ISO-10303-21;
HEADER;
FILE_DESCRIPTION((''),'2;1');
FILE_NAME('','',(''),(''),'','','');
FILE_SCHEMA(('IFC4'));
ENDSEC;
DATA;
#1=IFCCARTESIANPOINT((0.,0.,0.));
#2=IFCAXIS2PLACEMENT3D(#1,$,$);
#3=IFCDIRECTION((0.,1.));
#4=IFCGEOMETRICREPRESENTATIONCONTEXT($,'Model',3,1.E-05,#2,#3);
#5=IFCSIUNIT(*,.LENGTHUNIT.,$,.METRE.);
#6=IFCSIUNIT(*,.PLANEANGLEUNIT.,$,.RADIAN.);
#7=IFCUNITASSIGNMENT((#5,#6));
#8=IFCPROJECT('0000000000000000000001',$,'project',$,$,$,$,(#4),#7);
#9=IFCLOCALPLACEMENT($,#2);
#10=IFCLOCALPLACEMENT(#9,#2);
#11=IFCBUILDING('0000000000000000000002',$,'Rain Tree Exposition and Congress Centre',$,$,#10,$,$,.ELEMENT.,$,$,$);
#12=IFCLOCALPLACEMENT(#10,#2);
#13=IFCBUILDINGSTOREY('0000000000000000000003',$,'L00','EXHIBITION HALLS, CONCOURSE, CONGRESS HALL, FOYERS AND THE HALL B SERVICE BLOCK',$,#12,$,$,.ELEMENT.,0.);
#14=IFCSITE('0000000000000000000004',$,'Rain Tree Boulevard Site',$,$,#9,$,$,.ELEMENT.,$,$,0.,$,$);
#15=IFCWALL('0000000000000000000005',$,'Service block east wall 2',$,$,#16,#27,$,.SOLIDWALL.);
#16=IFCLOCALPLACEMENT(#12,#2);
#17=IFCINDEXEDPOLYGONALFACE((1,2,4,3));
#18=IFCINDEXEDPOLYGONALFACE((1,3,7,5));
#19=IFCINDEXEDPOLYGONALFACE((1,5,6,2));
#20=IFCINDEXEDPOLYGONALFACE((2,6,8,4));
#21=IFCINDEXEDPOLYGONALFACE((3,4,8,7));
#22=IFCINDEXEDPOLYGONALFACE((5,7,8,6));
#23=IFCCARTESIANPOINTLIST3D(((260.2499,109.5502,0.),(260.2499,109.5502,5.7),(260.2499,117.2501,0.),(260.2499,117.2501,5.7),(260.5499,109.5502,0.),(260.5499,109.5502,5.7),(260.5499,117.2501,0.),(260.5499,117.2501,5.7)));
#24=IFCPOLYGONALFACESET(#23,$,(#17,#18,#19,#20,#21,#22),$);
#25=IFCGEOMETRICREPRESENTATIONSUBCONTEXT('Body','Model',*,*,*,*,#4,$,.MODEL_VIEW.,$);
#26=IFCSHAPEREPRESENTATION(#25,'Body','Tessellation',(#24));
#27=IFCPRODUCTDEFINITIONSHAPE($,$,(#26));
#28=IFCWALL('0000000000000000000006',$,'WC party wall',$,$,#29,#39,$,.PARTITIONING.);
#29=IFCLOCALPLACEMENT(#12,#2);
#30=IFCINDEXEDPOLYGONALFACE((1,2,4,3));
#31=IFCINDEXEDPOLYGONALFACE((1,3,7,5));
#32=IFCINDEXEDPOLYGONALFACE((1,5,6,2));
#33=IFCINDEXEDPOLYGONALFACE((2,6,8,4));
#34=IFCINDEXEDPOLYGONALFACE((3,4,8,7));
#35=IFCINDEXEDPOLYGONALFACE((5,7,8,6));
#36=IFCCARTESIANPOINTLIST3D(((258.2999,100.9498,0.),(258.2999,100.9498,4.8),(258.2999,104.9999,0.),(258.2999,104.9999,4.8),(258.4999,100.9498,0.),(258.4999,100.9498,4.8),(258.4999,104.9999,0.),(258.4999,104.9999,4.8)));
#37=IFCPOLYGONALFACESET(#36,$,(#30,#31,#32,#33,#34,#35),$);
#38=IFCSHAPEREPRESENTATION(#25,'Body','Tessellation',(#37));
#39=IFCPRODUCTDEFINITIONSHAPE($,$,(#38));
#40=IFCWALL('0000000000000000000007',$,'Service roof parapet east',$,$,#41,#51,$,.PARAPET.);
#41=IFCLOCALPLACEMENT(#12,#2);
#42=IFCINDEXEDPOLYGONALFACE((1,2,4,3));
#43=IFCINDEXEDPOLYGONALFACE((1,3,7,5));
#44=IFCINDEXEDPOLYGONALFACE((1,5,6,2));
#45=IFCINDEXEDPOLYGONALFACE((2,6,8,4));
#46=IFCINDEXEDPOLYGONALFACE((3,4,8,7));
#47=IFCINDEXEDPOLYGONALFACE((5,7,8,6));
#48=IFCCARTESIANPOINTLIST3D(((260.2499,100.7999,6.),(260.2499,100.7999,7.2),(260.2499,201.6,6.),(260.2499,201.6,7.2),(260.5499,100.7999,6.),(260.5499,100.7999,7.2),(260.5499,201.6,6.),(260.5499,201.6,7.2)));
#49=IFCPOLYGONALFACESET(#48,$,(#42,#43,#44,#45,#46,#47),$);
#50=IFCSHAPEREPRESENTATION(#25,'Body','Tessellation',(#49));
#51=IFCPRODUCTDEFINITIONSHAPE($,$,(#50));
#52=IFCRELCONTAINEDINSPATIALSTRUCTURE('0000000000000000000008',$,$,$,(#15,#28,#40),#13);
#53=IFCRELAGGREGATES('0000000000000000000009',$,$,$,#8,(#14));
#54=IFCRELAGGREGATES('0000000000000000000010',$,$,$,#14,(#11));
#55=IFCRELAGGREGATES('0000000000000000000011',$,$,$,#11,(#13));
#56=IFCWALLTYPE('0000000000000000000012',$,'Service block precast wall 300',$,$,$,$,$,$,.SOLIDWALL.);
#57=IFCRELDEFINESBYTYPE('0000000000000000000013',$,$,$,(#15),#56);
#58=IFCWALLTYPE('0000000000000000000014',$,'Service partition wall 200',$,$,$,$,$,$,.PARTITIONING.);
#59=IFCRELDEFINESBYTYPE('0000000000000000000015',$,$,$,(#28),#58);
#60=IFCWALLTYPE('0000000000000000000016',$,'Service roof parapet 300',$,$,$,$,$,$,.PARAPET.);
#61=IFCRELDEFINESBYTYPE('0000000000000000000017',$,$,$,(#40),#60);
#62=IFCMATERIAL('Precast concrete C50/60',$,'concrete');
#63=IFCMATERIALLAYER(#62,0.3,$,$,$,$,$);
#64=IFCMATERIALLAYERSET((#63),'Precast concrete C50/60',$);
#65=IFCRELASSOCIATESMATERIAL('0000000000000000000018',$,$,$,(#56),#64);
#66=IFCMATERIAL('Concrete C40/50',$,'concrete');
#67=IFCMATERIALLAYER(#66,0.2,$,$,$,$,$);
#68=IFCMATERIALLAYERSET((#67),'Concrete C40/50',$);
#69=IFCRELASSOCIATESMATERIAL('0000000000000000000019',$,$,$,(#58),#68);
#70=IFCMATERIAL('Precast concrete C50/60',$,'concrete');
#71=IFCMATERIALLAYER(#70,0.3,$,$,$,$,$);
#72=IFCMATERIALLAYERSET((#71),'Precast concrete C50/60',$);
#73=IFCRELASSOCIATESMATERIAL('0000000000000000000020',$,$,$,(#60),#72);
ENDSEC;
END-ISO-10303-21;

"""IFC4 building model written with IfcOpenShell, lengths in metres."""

from ifc_helpers import new_model, si_unit, direction, frame, frame_2d, origin, place, context, subcontext, project, spatial, rectangle, extrude, material, layer, layer_set, type_object, element, save


model = new_model("IFC4")

# Units and contexts
model_context = context("Model", 3, precision=1e-05, world=origin(), true_north=direction((0.0, 1.0)))
body_context = subcontext(model_context, "Body", "Model", "MODEL_VIEW")
ifc_project = project(units=[si_unit("LENGTHUNIT", "METRE"), si_unit("PLANEANGLEUNIT", "RADIAN")], contexts=[model_context])

# Site, building, storey
site_placement = place(None, origin())
site = spatial("IfcSite", under=ifc_project, at=site_placement, Name="Rain Tree Boulevard Site", CompositionType="ELEMENT", RefElevation=0.0)
building_placement = place(site_placement, origin())
building = spatial("IfcBuilding", under=site, at=building_placement, Name="Rain Tree Exposition and Congress Centre", CompositionType="ELEMENT")
storey_placement = place(building_placement, origin())
storey = spatial("IfcBuildingStorey", under=building, at=storey_placement, Name="L00", Description="EXHIBITION HALLS, CONCOURSE, CONGRESS HALL, FOYERS AND THE HALL B SERVICE BLOCK", CompositionType="ELEMENT", Elevation=0.0)

# Wall
ifc_material_1 = material(Name="Precast concrete C50/60", Category="concrete")
ifc_layer_1 = layer(ifc_material_1, 0.3)
ifc_layer_set_1 = layer_set([ifc_layer_1], Name="Precast concrete C50/60")
wall_type_1 = type_object("IfcWallType", Name="Service block precast wall 300", PredefinedType="SOLIDWALL", material=ifc_layer_set_1)
wall_1_placement = place(storey_placement, frame((260.3999, 109.55, 0.0), z_axis=(0.0, 0.0, 1.0), x_axis=(0.0, 1.0, 0.0)))
element("IfcWall", 1, at=wall_1_placement, inside=storey, type_object=wall_type_1, Name="Service block east wall 2", PredefinedType="SOLIDWALL", context=body_context, shape_type="SweptSolid", body=[
    extrude(rectangle(XDim=7.7, YDim=0.3, at=frame_2d((3.8501, 0.0))), origin(), (0.0, 0.0, 1.0), 5.7),
])

# Shared definitions
ifc_material_2 = material(Name="Concrete C40/50", Category="concrete")
ifc_layer_2 = layer(ifc_material_2, 0.2)
ifc_layer_set_2 = layer_set([ifc_layer_2], Name="Concrete C40/50")
wall_type_2 = type_object("IfcWallType", Name="Service partition wall 200", PredefinedType="PARTITIONING", material=ifc_layer_set_2)

# Walls
wall_2_placement = place(storey_placement, frame((258.3999, 100.95, 0.0), z_axis=(0.0, 0.0, 1.0), x_axis=(0.0, 1.0, 0.0)))
element("IfcWall", 2, at=wall_2_placement, inside=storey, type_object=wall_type_2, Name="WC party wall", PredefinedType="PARTITIONING", context=body_context, shape_type="SweptSolid", body=[
    extrude(rectangle(XDim=4.05, YDim=0.2, at=frame_2d((2.0249, 0.0))), origin(), (0.0, 0.0, 1.0), 4.8),
])
ifc_material_3 = material(Name="Precast concrete C50/60", Category="concrete")
ifc_layer_3 = layer(ifc_material_3, 0.3)
ifc_layer_set_3 = layer_set([ifc_layer_3], Name="Precast concrete C50/60")
wall_type_3 = type_object("IfcWallType", Name="Service roof parapet 300", PredefinedType="PARAPET", material=ifc_layer_set_3)
wall_3_placement = place(storey_placement, frame((260.3999, 100.8, 6.0), z_axis=(0.0, 0.0, 1.0), x_axis=(0.0, 1.0, 0.0)))
element("IfcWall", 3, at=wall_3_placement, inside=storey, type_object=wall_type_3, Name="Service roof parapet east", PredefinedType="PARAPET", context=body_context, shape_type="SweptSolid", body=[
    extrude(rectangle(XDim=100.8, YDim=0.3, at=frame_2d((50.3999, 0.0))), origin(), (0.0, 0.0, 1.0), 1.2),
])

save(model, "model.ifc")
